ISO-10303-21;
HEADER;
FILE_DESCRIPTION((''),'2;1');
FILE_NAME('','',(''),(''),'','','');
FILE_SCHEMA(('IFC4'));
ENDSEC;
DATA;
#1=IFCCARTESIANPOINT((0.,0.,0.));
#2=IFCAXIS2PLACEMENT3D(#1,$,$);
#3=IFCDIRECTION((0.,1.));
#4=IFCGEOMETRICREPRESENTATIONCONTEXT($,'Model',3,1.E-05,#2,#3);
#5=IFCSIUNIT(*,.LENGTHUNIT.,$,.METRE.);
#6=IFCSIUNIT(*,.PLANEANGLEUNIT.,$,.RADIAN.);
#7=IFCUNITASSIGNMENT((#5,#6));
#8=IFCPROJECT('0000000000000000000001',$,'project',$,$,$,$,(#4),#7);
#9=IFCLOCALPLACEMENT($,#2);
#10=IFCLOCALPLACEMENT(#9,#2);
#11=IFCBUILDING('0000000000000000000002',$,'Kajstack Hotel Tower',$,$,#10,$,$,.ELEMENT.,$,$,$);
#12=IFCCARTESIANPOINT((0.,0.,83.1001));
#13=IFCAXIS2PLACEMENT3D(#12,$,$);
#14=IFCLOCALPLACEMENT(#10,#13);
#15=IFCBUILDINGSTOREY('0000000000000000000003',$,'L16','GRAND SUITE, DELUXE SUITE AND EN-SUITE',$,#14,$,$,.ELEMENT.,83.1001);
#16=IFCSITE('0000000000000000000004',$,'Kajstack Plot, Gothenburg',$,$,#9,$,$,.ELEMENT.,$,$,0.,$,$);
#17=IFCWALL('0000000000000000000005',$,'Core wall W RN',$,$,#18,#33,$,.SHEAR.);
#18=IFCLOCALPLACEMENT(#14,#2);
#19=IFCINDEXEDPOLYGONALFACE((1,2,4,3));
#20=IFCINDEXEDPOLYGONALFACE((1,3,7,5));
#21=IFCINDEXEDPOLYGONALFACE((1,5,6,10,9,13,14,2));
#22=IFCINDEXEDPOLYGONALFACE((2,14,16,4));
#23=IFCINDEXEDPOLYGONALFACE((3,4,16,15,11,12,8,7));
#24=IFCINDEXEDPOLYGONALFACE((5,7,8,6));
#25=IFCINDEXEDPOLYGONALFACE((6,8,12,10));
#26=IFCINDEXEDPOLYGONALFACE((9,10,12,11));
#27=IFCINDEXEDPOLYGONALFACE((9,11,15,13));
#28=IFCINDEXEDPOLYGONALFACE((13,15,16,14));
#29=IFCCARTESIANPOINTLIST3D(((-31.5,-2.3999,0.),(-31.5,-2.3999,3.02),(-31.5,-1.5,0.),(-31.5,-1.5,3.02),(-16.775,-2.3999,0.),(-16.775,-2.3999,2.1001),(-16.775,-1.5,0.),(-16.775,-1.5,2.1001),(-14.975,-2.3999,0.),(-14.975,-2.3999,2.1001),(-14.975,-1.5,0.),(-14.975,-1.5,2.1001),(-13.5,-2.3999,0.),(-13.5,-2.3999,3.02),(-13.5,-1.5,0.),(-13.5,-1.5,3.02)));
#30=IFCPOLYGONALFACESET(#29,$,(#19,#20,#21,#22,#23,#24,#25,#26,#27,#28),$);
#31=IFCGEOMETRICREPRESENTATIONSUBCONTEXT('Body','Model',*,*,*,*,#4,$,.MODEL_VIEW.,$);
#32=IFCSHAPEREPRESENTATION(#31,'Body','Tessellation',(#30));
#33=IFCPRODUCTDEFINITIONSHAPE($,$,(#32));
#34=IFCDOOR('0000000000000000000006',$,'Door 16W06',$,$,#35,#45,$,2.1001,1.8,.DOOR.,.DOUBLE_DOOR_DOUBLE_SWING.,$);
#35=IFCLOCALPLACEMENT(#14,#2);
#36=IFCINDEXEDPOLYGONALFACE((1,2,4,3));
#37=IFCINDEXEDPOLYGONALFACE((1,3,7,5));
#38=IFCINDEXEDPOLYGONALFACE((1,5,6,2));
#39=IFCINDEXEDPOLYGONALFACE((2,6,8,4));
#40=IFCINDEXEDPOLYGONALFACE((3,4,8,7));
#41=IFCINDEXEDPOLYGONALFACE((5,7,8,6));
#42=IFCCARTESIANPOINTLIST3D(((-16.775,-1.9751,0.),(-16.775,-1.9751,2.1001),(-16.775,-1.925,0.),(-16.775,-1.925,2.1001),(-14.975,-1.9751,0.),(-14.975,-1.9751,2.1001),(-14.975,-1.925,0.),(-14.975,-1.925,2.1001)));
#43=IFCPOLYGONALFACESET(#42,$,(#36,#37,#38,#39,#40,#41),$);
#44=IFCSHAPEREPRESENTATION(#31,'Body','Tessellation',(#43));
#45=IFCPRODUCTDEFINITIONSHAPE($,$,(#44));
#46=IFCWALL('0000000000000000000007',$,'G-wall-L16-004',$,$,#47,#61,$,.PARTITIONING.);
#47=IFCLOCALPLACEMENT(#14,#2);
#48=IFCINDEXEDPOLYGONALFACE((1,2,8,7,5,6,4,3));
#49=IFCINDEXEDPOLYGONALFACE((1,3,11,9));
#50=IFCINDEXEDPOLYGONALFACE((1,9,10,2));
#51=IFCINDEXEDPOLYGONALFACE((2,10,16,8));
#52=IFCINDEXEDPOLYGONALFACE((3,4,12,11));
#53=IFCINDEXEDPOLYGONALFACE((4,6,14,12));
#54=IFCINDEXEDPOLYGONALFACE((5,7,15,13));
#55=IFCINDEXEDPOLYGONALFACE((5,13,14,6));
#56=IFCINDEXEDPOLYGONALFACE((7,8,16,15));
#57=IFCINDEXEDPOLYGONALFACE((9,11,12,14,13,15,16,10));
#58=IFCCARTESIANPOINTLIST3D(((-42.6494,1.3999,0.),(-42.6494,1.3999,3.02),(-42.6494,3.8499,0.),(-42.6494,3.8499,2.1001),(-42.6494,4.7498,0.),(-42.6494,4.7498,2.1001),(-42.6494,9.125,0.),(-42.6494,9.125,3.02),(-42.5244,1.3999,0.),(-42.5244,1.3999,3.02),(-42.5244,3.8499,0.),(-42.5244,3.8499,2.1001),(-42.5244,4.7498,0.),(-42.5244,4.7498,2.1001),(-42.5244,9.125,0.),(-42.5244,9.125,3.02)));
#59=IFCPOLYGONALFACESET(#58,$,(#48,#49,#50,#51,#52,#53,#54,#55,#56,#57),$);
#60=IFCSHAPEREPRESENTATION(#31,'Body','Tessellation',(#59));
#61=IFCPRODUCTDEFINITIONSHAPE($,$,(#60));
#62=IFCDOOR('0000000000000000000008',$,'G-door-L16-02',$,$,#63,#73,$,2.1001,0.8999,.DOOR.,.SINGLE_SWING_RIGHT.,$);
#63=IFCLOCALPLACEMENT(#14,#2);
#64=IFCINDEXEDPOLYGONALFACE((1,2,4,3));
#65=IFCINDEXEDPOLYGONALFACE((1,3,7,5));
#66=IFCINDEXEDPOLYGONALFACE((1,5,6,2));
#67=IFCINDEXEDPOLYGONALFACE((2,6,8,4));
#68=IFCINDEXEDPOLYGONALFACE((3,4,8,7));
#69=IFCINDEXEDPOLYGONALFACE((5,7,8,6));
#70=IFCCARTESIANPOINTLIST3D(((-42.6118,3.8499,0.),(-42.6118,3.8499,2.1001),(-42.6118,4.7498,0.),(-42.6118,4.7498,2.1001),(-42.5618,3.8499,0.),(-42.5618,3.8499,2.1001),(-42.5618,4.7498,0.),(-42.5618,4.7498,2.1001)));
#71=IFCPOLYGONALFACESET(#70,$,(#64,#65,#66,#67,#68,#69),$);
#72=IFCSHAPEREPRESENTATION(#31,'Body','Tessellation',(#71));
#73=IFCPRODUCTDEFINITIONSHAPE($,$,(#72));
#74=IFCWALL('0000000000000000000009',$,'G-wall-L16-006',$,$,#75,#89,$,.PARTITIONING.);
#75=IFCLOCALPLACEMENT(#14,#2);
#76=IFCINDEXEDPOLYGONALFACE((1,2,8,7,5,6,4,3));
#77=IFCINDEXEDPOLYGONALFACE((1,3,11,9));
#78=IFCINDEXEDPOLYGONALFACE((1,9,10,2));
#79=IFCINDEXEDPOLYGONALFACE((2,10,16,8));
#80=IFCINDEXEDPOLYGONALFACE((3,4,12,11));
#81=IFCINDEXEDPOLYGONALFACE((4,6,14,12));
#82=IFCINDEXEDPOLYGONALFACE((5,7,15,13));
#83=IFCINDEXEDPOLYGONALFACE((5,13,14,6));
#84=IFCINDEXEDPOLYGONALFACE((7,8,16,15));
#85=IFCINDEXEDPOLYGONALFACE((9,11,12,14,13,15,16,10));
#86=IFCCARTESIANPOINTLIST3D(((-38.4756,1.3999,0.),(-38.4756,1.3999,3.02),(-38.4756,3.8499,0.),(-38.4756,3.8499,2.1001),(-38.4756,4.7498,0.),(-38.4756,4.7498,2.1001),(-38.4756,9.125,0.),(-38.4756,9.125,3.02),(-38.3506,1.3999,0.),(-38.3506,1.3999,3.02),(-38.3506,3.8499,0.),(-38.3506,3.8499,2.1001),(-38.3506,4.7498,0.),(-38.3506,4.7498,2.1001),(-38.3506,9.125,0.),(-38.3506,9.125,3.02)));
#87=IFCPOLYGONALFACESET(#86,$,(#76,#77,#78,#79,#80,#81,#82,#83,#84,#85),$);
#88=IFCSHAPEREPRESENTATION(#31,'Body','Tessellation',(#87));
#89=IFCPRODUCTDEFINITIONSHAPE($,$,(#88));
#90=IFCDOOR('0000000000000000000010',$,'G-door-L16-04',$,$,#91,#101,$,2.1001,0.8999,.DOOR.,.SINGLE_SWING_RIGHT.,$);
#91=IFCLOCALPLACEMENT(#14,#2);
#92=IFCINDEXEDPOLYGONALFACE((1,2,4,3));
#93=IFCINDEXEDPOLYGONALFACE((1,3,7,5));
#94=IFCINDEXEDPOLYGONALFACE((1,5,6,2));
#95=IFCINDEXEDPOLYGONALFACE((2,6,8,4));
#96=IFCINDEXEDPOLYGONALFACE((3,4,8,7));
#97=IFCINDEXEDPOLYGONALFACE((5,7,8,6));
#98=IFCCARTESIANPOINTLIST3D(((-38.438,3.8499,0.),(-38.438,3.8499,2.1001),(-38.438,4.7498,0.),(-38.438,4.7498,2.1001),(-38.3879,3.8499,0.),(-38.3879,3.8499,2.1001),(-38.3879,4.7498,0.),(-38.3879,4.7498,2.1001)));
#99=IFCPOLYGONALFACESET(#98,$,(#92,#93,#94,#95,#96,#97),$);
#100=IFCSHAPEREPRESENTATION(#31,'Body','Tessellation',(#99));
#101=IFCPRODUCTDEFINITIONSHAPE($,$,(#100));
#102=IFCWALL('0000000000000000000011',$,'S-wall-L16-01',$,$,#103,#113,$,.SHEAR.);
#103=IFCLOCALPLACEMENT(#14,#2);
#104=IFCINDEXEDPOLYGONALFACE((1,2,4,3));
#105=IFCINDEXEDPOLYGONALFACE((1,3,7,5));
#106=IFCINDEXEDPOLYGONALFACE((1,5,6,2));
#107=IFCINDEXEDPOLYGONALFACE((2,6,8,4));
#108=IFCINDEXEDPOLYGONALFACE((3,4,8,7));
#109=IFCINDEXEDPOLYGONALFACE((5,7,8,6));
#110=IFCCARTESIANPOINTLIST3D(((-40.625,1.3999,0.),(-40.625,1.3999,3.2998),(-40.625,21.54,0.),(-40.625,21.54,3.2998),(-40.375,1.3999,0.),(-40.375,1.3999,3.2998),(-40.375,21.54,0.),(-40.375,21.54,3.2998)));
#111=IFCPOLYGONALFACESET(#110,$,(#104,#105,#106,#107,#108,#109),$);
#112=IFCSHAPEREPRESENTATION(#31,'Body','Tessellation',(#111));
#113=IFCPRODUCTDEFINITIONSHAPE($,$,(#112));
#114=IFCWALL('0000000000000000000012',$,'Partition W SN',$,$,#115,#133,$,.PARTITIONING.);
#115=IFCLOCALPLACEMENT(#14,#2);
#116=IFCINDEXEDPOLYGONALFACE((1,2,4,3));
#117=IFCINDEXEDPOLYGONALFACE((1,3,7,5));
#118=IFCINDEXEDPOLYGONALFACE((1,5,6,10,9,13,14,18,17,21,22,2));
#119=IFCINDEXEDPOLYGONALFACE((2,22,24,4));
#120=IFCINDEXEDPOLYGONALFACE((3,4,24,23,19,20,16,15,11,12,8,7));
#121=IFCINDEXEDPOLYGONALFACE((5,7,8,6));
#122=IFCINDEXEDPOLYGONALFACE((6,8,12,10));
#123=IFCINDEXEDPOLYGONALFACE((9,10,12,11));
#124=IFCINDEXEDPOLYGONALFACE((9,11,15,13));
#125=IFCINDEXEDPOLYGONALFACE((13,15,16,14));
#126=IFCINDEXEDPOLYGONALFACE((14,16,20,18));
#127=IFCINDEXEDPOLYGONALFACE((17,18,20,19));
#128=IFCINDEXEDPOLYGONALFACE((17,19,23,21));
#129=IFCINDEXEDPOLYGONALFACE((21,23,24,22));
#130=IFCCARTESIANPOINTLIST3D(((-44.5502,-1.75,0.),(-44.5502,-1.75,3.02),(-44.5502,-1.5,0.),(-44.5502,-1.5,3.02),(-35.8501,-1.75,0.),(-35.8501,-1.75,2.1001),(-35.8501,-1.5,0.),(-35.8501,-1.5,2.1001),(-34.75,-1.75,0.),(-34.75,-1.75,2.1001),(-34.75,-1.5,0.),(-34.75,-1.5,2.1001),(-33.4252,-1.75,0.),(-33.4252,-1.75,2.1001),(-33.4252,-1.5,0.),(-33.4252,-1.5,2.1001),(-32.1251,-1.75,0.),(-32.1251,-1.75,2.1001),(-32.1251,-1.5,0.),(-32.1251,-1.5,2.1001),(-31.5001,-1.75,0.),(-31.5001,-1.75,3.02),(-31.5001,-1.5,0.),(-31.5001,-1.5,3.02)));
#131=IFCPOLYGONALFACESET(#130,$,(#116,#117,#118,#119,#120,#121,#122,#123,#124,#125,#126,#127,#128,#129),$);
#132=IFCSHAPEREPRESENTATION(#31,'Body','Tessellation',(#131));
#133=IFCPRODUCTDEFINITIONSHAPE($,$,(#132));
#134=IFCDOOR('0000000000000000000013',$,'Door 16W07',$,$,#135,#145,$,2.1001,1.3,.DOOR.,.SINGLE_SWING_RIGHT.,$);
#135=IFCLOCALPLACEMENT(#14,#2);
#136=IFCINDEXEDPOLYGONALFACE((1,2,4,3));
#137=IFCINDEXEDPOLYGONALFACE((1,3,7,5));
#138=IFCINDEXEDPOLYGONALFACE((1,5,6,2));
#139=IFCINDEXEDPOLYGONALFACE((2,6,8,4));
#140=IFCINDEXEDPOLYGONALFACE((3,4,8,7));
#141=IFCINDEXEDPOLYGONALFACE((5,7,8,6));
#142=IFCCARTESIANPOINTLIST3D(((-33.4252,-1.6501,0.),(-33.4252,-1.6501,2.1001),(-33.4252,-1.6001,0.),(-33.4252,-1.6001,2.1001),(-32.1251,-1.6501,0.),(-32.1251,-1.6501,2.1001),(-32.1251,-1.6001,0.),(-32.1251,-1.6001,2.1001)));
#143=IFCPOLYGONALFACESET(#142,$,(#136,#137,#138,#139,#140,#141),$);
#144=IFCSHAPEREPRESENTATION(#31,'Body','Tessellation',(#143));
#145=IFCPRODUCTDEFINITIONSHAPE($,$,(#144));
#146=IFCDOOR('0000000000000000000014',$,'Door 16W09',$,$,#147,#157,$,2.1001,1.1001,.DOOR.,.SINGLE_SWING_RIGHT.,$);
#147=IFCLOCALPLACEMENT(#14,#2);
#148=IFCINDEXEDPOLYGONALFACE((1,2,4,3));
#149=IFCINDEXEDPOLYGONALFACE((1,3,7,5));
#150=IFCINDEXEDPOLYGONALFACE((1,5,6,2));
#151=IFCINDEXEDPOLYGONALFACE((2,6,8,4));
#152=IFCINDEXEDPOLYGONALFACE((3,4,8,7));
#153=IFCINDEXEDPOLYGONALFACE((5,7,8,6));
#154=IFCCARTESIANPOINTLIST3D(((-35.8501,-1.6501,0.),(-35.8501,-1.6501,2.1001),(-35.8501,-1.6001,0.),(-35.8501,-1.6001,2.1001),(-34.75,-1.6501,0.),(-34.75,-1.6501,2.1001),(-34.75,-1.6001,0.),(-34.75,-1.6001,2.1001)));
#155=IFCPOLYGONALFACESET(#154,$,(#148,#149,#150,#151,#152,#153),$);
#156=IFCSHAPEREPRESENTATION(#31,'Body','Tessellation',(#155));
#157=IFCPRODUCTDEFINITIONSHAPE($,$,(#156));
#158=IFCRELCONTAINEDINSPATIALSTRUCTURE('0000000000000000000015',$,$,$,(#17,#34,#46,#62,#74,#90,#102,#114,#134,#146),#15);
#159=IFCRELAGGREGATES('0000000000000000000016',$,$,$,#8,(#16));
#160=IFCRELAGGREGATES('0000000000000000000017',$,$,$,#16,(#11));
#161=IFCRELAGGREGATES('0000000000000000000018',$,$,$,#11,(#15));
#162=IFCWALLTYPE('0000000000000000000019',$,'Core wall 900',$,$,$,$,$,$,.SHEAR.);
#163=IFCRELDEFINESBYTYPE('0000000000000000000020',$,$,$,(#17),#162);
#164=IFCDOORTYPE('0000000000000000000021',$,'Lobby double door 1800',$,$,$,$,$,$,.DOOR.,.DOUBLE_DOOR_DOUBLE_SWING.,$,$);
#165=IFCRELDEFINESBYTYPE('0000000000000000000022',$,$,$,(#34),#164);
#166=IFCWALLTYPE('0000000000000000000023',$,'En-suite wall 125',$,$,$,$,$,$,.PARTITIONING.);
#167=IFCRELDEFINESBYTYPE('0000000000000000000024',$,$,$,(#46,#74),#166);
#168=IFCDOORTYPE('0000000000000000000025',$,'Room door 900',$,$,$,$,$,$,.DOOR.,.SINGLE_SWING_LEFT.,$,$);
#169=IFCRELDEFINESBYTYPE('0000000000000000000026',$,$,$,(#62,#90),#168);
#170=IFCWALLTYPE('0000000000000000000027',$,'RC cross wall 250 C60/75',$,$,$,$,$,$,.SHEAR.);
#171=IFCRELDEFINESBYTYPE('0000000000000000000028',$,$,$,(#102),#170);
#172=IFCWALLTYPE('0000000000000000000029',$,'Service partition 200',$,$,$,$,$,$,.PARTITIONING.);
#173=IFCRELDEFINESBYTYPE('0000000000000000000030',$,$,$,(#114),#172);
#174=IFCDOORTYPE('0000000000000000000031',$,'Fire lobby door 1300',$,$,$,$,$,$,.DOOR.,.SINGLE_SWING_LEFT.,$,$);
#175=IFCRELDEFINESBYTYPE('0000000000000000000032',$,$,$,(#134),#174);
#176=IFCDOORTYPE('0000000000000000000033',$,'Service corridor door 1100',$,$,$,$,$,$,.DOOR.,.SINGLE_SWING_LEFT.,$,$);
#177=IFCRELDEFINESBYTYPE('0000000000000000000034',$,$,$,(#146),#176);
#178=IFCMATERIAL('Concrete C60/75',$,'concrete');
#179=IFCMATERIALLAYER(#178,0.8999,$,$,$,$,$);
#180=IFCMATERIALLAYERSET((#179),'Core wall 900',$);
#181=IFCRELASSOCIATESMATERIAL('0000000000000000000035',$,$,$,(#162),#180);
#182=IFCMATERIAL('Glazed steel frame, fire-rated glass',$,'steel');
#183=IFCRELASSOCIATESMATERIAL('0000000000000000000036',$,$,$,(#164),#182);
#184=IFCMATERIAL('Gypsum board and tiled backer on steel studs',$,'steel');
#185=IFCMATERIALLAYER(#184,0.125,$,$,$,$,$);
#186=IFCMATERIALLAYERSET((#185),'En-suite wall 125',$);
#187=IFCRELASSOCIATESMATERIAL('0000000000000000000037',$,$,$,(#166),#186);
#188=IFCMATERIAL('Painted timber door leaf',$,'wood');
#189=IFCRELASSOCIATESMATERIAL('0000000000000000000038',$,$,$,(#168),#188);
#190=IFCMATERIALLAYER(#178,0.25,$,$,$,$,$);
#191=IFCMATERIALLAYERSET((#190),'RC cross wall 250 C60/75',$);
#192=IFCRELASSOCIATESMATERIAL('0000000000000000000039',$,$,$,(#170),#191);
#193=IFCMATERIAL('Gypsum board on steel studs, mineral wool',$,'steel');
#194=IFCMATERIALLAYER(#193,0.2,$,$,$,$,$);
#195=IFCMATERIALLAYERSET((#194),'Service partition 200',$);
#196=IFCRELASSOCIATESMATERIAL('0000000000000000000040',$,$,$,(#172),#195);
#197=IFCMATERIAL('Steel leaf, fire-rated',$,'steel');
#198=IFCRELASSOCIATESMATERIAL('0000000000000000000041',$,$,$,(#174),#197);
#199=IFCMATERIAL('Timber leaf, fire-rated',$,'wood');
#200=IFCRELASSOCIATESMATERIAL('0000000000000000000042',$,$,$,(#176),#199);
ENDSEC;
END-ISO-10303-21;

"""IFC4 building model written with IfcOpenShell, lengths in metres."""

from ifc_helpers import new_model, si_unit, direction, frame, frame_2d, origin, place, context, subcontext, project, spatial, rectangle, extrude, material, layer, layer_set, type_object, element, fill, save


model = new_model("IFC4")

# Units and contexts
model_context = context("Model", 3, precision=1e-05, world=origin(), true_north=direction((0.0, 1.0)))
body_context = subcontext(model_context, "Body", "Model", "MODEL_VIEW")
ifc_project = project(units=[si_unit("LENGTHUNIT", "METRE"), si_unit("PLANEANGLEUNIT", "RADIAN")], contexts=[model_context])

# Site, building, storey
site_placement = place(None, origin())
site = spatial("IfcSite", under=ifc_project, at=site_placement, Name="Kajstack Plot, Gothenburg", CompositionType="ELEMENT", RefElevation=0.0)
building_placement = place(site_placement, origin())
building = spatial("IfcBuilding", under=site, at=building_placement, Name="Kajstack Hotel Tower", CompositionType="ELEMENT")
storey_placement = place(building_placement, frame((0.0, 0.0, 83.1001)))
storey = spatial("IfcBuildingStorey", under=building, at=storey_placement, Name="L16", Description="GRAND SUITE, DELUXE SUITE AND EN-SUITE", CompositionType="ELEMENT", Elevation=83.1001)

# Wall, opening, door
ifc_material_1 = material(Name="Concrete C60/75", Category="concrete")
ifc_layer_1 = layer(ifc_material_1, 0.8999)
ifc_layer_set_1 = layer_set([ifc_layer_1], Name="Core wall 900")
wall_type_1 = type_object("IfcWallType", Name="Core wall 900", PredefinedType="SHEAR", material=ifc_layer_set_1)
wall_1_placement = place(storey_placement, frame((-31.5, -1.95, 0.0), z_axis=(0.0, 0.0, 1.0), x_axis=(1.0, 0.0, 0.0)))
wall_1 = element("IfcWall", 1, at=wall_1_placement, inside=storey, type_object=wall_type_1, Name="Core wall W RN", PredefinedType="SHEAR", context=body_context, shape_type="SweptSolid", body=[
    extrude(rectangle(XDim=18.0, YDim=0.8999, at=frame_2d((9.0, 0.0))), origin(), (0.0, 0.0, 1.0), 3.02),
])
opening_1_placement = place(wall_1_placement, frame((14.7251, 0.0, 0.0)))
opening_1 = element("IfcOpeningElement", 2, at=opening_1_placement, cuts=wall_1, PredefinedType="OPENING", context=body_context, shape_type="SweptSolid", body=[
    extrude(rectangle(XDim=1.8, YDim=2.1001, at=frame_2d((0.8999, 1.05))), frame((0.0, 0.46, 0.0), z_axis=(0.0, -1.0, 0.0), x_axis=(1.0, 0.0, 0.0)), (0.0, 0.0, 1.0), 0.9199),
])
ifc_material_2 = material(Name="Glazed steel frame, fire-rated glass", Category="steel")
door_type_1 = type_object("IfcDoorType", Name="Lobby double door 1800", OperationType="DOUBLE_DOOR_DOUBLE_SWING", PredefinedType="DOOR", material=ifc_material_2)
door_1_placement = place(opening_1_placement, origin())
door_1 = element("IfcDoor", 3, at=door_1_placement, inside=storey, type_object=door_type_1, Name="Door 16W06", OperationType="DOUBLE_DOOR_DOUBLE_SWING", OverallHeight=2.1001, OverallWidth=1.8, PredefinedType="DOOR", context=body_context, shape_type="SweptSolid", body=[
    extrude(rectangle(XDim=1.8, YDim=2.1001, at=frame_2d((0.8999, 1.05))), frame((0.0, 0.0249, 0.0), z_axis=(0.0, -1.0, 0.0), x_axis=(1.0, 0.0, 0.0)), (0.0, 0.0, 1.0), 0.05),
])
fill(opening_1, door_1)

# Shared definitions
ifc_material_3 = material(Name="Gypsum board on steel studs, mineral wool", Category="steel")

# Walls, openings, doors
ifc_material_4 = material(Name="Gypsum board and tiled backer on steel studs", Category="steel")
ifc_layer_2 = layer(ifc_material_4, 0.125)
ifc_layer_set_2 = layer_set([ifc_layer_2], Name="En-suite wall 125")
wall_type_2 = type_object("IfcWallType", Name="En-suite wall 125", PredefinedType="PARTITIONING", material=ifc_layer_set_2)
wall_2_placement = place(storey_placement, frame((-42.5869, 1.3999, 0.0), z_axis=(0.0, 0.0, 1.0), x_axis=(0.0, 1.0, 0.0)))
wall_2 = element("IfcWall", 4, at=wall_2_placement, inside=storey, type_object=wall_type_2, Name="G-wall-L16-004", PredefinedType="PARTITIONING", context=body_context, shape_type="SweptSolid", body=[
    extrude(rectangle(XDim=7.7251, YDim=0.125, at=frame_2d((3.8625, 0.0))), origin(), (0.0, 0.0, 1.0), 3.02),
])
opening_2_placement = place(wall_2_placement, frame((2.45, 0.0, 0.0)))
opening_2 = element("IfcOpeningElement", 5, at=opening_2_placement, cuts=wall_2, PredefinedType="OPENING", context=body_context, shape_type="SweptSolid", body=[
    extrude(rectangle(XDim=0.8999, YDim=2.1001, at=frame_2d((0.45, 1.05))), frame((0.0, 0.0725, 0.0), z_axis=(0.0, -1.0, 0.0), x_axis=(1.0, 0.0, 0.0)), (0.0, 0.0, 1.0), 0.145),
])
ifc_material_5 = material(Name="Painted timber door leaf", Category="wood")
door_type_2 = type_object("IfcDoorType", Name="Room door 900", OperationType="SINGLE_SWING_LEFT", PredefinedType="DOOR", material=ifc_material_5)
door_2_placement = place(opening_2_placement, origin())
door_2 = element("IfcDoor", 6, at=door_2_placement, inside=storey, type_object=door_type_2, Name="G-door-L16-02", OperationType="SINGLE_SWING_RIGHT", OverallHeight=2.1001, OverallWidth=0.8999, PredefinedType="DOOR", context=body_context, shape_type="SweptSolid", body=[
    extrude(rectangle(XDim=0.8999, YDim=2.1001, at=frame_2d((0.45, 1.05))), frame((0.0, 0.0249, 0.0), z_axis=(0.0, -1.0, 0.0), x_axis=(1.0, 0.0, 0.0)), (0.0, 0.0, 1.0), 0.05),
])
fill(opening_2, door_2)
wall_3_placement = place(storey_placement, frame((-38.4131, 1.3999, 0.0), z_axis=(0.0, 0.0, 1.0), x_axis=(0.0, 1.0, 0.0)))
wall_3 = element("IfcWall", 7, at=wall_3_placement, inside=storey, type_object=wall_type_2, Name="G-wall-L16-006", PredefinedType="PARTITIONING", context=body_context, shape_type="SweptSolid", body=[
    extrude(rectangle(XDim=7.7251, YDim=0.125, at=frame_2d((3.8625, 0.0))), origin(), (0.0, 0.0, 1.0), 3.02),
])
opening_3_placement = place(wall_3_placement, frame((2.45, 0.0, 0.0)))
opening_3 = element("IfcOpeningElement", 8, at=opening_3_placement, cuts=wall_3, PredefinedType="OPENING", context=body_context, shape_type="SweptSolid", body=[
    extrude(rectangle(XDim=0.8999, YDim=2.1001, at=frame_2d((0.45, 1.05))), frame((0.0, 0.0725, 0.0), z_axis=(0.0, -1.0, 0.0), x_axis=(1.0, 0.0, 0.0)), (0.0, 0.0, 1.0), 0.145),
])
door_3_placement = place(opening_3_placement, origin())
door_3 = element("IfcDoor", 9, at=door_3_placement, inside=storey, type_object=door_type_2, Name="G-door-L16-04", OperationType="SINGLE_SWING_RIGHT", OverallHeight=2.1001, OverallWidth=0.8999, PredefinedType="DOOR", context=body_context, shape_type="SweptSolid", body=[
    extrude(rectangle(XDim=0.8999, YDim=2.1001, at=frame_2d((0.45, 1.05))), frame((0.0, 0.0249, 0.0), z_axis=(0.0, -1.0, 0.0), x_axis=(1.0, 0.0, 0.0)), (0.0, 0.0, 1.0), 0.05),
])
fill(opening_3, door_3)

# Wall
ifc_layer_3 = layer(ifc_material_1, 0.25)
ifc_layer_set_3 = layer_set([ifc_layer_3], Name="RC cross wall 250 C60/75")
wall_type_3 = type_object("IfcWallType", Name="RC cross wall 250 C60/75", PredefinedType="SHEAR", material=ifc_layer_set_3)
wall_4_placement = place(storey_placement, frame((-40.5, 1.3999, 0.0), z_axis=(0.0, 0.0, 1.0), x_axis=(0.0, 1.0, 0.0)))
element("IfcWall", 10, at=wall_4_placement, inside=storey, type_object=wall_type_3, Name="S-wall-L16-01", PredefinedType="SHEAR", context=body_context, shape_type="SweptSolid", body=[
    extrude(rectangle(XDim=20.1401, YDim=0.25, at=frame_2d((10.0701, 0.0))), origin(), (0.0, 0.0, 1.0), 3.2998),
])

# Wall, openings, doors
ifc_layer_4 = layer(ifc_material_3, 0.2)
ifc_layer_set_4 = layer_set([ifc_layer_4], Name="Service partition 200")
wall_type_4 = type_object("IfcWallType", Name="Service partition 200", PredefinedType="PARTITIONING", material=ifc_layer_set_4)
wall_5_placement = place(storey_placement, frame((-44.55, -1.625, 0.0), z_axis=(0.0, 0.0, 1.0), x_axis=(1.0, 0.0, 0.0)))
wall_5 = element("IfcWall", 11, at=wall_5_placement, inside=storey, type_object=wall_type_4, Name="Partition W SN", PredefinedType="PARTITIONING", context=body_context, shape_type="SweptSolid", body=[
    extrude(rectangle(XDim=13.05, YDim=0.25, at=frame_2d((6.5249, 0.0))), origin(), (0.0, 0.0, 1.0), 3.02),
])
opening_4_placement = place(wall_5_placement, frame((11.125, 0.0, 0.0)))
opening_4 = element("IfcOpeningElement", 12, at=opening_4_placement, cuts=wall_5, PredefinedType="OPENING", context=body_context, shape_type="SweptSolid", body=[
    extrude(rectangle(XDim=1.3, YDim=2.1001, at=frame_2d((0.6499, 1.05))), frame((0.0, 0.135, 0.0), z_axis=(0.0, -1.0, 0.0), x_axis=(1.0, 0.0, 0.0)), (0.0, 0.0, 1.0), 0.27),
])
opening_5_placement = place(wall_5_placement, frame((8.7, 0.0, 0.0)))
opening_5 = element("IfcOpeningElement", 13, at=opening_5_placement, cuts=wall_5, PredefinedType="OPENING", context=body_context, shape_type="SweptSolid", body=[
    extrude(rectangle(XDim=1.1001, YDim=2.1001, at=frame_2d((0.55, 1.05))), frame((0.0, 0.135, 0.0), z_axis=(0.0, -1.0, 0.0), x_axis=(1.0, 0.0, 0.0)), (0.0, 0.0, 1.0), 0.27),
])
ifc_material_6 = material(Name="Steel leaf, fire-rated", Category="steel")
door_type_3 = type_object("IfcDoorType", Name="Fire lobby door 1300", OperationType="SINGLE_SWING_LEFT", PredefinedType="DOOR", material=ifc_material_6)
door_4_placement = place(opening_4_placement, origin())
door_4 = element("IfcDoor", 14, at=door_4_placement, inside=storey, type_object=door_type_3, Name="Door 16W07", OperationType="SINGLE_SWING_RIGHT", OverallHeight=2.1001, OverallWidth=1.3, PredefinedType="DOOR", context=body_context, shape_type="SweptSolid", body=[
    extrude(rectangle(XDim=1.3, YDim=2.1001, at=frame_2d((0.6499, 1.05))), frame((0.0, 0.0249, 0.0), z_axis=(0.0, -1.0, 0.0), x_axis=(1.0, 0.0, 0.0)), (0.0, 0.0, 1.0), 0.05),
])
fill(opening_4, door_4)
ifc_material_7 = material(Name="Timber leaf, fire-rated", Category="wood")
door_type_4 = type_object("IfcDoorType", Name="Service corridor door 1100", OperationType="SINGLE_SWING_LEFT", PredefinedType="DOOR", material=ifc_material_7)
door_5_placement = place(opening_5_placement, origin())
door_5 = element("IfcDoor", 15, at=door_5_placement, inside=storey, type_object=door_type_4, Name="Door 16W09", OperationType="SINGLE_SWING_RIGHT", OverallHeight=2.1001, OverallWidth=1.1001, PredefinedType="DOOR", context=body_context, shape_type="SweptSolid", body=[
    extrude(rectangle(XDim=1.1001, YDim=2.1001, at=frame_2d((0.55, 1.05))), frame((0.0, 0.0249, 0.0), z_axis=(0.0, -1.0, 0.0), x_axis=(1.0, 0.0, 0.0)), (0.0, 0.0, 1.0), 0.05),
])
fill(opening_5, door_5)

save(model, "model.ifc")
